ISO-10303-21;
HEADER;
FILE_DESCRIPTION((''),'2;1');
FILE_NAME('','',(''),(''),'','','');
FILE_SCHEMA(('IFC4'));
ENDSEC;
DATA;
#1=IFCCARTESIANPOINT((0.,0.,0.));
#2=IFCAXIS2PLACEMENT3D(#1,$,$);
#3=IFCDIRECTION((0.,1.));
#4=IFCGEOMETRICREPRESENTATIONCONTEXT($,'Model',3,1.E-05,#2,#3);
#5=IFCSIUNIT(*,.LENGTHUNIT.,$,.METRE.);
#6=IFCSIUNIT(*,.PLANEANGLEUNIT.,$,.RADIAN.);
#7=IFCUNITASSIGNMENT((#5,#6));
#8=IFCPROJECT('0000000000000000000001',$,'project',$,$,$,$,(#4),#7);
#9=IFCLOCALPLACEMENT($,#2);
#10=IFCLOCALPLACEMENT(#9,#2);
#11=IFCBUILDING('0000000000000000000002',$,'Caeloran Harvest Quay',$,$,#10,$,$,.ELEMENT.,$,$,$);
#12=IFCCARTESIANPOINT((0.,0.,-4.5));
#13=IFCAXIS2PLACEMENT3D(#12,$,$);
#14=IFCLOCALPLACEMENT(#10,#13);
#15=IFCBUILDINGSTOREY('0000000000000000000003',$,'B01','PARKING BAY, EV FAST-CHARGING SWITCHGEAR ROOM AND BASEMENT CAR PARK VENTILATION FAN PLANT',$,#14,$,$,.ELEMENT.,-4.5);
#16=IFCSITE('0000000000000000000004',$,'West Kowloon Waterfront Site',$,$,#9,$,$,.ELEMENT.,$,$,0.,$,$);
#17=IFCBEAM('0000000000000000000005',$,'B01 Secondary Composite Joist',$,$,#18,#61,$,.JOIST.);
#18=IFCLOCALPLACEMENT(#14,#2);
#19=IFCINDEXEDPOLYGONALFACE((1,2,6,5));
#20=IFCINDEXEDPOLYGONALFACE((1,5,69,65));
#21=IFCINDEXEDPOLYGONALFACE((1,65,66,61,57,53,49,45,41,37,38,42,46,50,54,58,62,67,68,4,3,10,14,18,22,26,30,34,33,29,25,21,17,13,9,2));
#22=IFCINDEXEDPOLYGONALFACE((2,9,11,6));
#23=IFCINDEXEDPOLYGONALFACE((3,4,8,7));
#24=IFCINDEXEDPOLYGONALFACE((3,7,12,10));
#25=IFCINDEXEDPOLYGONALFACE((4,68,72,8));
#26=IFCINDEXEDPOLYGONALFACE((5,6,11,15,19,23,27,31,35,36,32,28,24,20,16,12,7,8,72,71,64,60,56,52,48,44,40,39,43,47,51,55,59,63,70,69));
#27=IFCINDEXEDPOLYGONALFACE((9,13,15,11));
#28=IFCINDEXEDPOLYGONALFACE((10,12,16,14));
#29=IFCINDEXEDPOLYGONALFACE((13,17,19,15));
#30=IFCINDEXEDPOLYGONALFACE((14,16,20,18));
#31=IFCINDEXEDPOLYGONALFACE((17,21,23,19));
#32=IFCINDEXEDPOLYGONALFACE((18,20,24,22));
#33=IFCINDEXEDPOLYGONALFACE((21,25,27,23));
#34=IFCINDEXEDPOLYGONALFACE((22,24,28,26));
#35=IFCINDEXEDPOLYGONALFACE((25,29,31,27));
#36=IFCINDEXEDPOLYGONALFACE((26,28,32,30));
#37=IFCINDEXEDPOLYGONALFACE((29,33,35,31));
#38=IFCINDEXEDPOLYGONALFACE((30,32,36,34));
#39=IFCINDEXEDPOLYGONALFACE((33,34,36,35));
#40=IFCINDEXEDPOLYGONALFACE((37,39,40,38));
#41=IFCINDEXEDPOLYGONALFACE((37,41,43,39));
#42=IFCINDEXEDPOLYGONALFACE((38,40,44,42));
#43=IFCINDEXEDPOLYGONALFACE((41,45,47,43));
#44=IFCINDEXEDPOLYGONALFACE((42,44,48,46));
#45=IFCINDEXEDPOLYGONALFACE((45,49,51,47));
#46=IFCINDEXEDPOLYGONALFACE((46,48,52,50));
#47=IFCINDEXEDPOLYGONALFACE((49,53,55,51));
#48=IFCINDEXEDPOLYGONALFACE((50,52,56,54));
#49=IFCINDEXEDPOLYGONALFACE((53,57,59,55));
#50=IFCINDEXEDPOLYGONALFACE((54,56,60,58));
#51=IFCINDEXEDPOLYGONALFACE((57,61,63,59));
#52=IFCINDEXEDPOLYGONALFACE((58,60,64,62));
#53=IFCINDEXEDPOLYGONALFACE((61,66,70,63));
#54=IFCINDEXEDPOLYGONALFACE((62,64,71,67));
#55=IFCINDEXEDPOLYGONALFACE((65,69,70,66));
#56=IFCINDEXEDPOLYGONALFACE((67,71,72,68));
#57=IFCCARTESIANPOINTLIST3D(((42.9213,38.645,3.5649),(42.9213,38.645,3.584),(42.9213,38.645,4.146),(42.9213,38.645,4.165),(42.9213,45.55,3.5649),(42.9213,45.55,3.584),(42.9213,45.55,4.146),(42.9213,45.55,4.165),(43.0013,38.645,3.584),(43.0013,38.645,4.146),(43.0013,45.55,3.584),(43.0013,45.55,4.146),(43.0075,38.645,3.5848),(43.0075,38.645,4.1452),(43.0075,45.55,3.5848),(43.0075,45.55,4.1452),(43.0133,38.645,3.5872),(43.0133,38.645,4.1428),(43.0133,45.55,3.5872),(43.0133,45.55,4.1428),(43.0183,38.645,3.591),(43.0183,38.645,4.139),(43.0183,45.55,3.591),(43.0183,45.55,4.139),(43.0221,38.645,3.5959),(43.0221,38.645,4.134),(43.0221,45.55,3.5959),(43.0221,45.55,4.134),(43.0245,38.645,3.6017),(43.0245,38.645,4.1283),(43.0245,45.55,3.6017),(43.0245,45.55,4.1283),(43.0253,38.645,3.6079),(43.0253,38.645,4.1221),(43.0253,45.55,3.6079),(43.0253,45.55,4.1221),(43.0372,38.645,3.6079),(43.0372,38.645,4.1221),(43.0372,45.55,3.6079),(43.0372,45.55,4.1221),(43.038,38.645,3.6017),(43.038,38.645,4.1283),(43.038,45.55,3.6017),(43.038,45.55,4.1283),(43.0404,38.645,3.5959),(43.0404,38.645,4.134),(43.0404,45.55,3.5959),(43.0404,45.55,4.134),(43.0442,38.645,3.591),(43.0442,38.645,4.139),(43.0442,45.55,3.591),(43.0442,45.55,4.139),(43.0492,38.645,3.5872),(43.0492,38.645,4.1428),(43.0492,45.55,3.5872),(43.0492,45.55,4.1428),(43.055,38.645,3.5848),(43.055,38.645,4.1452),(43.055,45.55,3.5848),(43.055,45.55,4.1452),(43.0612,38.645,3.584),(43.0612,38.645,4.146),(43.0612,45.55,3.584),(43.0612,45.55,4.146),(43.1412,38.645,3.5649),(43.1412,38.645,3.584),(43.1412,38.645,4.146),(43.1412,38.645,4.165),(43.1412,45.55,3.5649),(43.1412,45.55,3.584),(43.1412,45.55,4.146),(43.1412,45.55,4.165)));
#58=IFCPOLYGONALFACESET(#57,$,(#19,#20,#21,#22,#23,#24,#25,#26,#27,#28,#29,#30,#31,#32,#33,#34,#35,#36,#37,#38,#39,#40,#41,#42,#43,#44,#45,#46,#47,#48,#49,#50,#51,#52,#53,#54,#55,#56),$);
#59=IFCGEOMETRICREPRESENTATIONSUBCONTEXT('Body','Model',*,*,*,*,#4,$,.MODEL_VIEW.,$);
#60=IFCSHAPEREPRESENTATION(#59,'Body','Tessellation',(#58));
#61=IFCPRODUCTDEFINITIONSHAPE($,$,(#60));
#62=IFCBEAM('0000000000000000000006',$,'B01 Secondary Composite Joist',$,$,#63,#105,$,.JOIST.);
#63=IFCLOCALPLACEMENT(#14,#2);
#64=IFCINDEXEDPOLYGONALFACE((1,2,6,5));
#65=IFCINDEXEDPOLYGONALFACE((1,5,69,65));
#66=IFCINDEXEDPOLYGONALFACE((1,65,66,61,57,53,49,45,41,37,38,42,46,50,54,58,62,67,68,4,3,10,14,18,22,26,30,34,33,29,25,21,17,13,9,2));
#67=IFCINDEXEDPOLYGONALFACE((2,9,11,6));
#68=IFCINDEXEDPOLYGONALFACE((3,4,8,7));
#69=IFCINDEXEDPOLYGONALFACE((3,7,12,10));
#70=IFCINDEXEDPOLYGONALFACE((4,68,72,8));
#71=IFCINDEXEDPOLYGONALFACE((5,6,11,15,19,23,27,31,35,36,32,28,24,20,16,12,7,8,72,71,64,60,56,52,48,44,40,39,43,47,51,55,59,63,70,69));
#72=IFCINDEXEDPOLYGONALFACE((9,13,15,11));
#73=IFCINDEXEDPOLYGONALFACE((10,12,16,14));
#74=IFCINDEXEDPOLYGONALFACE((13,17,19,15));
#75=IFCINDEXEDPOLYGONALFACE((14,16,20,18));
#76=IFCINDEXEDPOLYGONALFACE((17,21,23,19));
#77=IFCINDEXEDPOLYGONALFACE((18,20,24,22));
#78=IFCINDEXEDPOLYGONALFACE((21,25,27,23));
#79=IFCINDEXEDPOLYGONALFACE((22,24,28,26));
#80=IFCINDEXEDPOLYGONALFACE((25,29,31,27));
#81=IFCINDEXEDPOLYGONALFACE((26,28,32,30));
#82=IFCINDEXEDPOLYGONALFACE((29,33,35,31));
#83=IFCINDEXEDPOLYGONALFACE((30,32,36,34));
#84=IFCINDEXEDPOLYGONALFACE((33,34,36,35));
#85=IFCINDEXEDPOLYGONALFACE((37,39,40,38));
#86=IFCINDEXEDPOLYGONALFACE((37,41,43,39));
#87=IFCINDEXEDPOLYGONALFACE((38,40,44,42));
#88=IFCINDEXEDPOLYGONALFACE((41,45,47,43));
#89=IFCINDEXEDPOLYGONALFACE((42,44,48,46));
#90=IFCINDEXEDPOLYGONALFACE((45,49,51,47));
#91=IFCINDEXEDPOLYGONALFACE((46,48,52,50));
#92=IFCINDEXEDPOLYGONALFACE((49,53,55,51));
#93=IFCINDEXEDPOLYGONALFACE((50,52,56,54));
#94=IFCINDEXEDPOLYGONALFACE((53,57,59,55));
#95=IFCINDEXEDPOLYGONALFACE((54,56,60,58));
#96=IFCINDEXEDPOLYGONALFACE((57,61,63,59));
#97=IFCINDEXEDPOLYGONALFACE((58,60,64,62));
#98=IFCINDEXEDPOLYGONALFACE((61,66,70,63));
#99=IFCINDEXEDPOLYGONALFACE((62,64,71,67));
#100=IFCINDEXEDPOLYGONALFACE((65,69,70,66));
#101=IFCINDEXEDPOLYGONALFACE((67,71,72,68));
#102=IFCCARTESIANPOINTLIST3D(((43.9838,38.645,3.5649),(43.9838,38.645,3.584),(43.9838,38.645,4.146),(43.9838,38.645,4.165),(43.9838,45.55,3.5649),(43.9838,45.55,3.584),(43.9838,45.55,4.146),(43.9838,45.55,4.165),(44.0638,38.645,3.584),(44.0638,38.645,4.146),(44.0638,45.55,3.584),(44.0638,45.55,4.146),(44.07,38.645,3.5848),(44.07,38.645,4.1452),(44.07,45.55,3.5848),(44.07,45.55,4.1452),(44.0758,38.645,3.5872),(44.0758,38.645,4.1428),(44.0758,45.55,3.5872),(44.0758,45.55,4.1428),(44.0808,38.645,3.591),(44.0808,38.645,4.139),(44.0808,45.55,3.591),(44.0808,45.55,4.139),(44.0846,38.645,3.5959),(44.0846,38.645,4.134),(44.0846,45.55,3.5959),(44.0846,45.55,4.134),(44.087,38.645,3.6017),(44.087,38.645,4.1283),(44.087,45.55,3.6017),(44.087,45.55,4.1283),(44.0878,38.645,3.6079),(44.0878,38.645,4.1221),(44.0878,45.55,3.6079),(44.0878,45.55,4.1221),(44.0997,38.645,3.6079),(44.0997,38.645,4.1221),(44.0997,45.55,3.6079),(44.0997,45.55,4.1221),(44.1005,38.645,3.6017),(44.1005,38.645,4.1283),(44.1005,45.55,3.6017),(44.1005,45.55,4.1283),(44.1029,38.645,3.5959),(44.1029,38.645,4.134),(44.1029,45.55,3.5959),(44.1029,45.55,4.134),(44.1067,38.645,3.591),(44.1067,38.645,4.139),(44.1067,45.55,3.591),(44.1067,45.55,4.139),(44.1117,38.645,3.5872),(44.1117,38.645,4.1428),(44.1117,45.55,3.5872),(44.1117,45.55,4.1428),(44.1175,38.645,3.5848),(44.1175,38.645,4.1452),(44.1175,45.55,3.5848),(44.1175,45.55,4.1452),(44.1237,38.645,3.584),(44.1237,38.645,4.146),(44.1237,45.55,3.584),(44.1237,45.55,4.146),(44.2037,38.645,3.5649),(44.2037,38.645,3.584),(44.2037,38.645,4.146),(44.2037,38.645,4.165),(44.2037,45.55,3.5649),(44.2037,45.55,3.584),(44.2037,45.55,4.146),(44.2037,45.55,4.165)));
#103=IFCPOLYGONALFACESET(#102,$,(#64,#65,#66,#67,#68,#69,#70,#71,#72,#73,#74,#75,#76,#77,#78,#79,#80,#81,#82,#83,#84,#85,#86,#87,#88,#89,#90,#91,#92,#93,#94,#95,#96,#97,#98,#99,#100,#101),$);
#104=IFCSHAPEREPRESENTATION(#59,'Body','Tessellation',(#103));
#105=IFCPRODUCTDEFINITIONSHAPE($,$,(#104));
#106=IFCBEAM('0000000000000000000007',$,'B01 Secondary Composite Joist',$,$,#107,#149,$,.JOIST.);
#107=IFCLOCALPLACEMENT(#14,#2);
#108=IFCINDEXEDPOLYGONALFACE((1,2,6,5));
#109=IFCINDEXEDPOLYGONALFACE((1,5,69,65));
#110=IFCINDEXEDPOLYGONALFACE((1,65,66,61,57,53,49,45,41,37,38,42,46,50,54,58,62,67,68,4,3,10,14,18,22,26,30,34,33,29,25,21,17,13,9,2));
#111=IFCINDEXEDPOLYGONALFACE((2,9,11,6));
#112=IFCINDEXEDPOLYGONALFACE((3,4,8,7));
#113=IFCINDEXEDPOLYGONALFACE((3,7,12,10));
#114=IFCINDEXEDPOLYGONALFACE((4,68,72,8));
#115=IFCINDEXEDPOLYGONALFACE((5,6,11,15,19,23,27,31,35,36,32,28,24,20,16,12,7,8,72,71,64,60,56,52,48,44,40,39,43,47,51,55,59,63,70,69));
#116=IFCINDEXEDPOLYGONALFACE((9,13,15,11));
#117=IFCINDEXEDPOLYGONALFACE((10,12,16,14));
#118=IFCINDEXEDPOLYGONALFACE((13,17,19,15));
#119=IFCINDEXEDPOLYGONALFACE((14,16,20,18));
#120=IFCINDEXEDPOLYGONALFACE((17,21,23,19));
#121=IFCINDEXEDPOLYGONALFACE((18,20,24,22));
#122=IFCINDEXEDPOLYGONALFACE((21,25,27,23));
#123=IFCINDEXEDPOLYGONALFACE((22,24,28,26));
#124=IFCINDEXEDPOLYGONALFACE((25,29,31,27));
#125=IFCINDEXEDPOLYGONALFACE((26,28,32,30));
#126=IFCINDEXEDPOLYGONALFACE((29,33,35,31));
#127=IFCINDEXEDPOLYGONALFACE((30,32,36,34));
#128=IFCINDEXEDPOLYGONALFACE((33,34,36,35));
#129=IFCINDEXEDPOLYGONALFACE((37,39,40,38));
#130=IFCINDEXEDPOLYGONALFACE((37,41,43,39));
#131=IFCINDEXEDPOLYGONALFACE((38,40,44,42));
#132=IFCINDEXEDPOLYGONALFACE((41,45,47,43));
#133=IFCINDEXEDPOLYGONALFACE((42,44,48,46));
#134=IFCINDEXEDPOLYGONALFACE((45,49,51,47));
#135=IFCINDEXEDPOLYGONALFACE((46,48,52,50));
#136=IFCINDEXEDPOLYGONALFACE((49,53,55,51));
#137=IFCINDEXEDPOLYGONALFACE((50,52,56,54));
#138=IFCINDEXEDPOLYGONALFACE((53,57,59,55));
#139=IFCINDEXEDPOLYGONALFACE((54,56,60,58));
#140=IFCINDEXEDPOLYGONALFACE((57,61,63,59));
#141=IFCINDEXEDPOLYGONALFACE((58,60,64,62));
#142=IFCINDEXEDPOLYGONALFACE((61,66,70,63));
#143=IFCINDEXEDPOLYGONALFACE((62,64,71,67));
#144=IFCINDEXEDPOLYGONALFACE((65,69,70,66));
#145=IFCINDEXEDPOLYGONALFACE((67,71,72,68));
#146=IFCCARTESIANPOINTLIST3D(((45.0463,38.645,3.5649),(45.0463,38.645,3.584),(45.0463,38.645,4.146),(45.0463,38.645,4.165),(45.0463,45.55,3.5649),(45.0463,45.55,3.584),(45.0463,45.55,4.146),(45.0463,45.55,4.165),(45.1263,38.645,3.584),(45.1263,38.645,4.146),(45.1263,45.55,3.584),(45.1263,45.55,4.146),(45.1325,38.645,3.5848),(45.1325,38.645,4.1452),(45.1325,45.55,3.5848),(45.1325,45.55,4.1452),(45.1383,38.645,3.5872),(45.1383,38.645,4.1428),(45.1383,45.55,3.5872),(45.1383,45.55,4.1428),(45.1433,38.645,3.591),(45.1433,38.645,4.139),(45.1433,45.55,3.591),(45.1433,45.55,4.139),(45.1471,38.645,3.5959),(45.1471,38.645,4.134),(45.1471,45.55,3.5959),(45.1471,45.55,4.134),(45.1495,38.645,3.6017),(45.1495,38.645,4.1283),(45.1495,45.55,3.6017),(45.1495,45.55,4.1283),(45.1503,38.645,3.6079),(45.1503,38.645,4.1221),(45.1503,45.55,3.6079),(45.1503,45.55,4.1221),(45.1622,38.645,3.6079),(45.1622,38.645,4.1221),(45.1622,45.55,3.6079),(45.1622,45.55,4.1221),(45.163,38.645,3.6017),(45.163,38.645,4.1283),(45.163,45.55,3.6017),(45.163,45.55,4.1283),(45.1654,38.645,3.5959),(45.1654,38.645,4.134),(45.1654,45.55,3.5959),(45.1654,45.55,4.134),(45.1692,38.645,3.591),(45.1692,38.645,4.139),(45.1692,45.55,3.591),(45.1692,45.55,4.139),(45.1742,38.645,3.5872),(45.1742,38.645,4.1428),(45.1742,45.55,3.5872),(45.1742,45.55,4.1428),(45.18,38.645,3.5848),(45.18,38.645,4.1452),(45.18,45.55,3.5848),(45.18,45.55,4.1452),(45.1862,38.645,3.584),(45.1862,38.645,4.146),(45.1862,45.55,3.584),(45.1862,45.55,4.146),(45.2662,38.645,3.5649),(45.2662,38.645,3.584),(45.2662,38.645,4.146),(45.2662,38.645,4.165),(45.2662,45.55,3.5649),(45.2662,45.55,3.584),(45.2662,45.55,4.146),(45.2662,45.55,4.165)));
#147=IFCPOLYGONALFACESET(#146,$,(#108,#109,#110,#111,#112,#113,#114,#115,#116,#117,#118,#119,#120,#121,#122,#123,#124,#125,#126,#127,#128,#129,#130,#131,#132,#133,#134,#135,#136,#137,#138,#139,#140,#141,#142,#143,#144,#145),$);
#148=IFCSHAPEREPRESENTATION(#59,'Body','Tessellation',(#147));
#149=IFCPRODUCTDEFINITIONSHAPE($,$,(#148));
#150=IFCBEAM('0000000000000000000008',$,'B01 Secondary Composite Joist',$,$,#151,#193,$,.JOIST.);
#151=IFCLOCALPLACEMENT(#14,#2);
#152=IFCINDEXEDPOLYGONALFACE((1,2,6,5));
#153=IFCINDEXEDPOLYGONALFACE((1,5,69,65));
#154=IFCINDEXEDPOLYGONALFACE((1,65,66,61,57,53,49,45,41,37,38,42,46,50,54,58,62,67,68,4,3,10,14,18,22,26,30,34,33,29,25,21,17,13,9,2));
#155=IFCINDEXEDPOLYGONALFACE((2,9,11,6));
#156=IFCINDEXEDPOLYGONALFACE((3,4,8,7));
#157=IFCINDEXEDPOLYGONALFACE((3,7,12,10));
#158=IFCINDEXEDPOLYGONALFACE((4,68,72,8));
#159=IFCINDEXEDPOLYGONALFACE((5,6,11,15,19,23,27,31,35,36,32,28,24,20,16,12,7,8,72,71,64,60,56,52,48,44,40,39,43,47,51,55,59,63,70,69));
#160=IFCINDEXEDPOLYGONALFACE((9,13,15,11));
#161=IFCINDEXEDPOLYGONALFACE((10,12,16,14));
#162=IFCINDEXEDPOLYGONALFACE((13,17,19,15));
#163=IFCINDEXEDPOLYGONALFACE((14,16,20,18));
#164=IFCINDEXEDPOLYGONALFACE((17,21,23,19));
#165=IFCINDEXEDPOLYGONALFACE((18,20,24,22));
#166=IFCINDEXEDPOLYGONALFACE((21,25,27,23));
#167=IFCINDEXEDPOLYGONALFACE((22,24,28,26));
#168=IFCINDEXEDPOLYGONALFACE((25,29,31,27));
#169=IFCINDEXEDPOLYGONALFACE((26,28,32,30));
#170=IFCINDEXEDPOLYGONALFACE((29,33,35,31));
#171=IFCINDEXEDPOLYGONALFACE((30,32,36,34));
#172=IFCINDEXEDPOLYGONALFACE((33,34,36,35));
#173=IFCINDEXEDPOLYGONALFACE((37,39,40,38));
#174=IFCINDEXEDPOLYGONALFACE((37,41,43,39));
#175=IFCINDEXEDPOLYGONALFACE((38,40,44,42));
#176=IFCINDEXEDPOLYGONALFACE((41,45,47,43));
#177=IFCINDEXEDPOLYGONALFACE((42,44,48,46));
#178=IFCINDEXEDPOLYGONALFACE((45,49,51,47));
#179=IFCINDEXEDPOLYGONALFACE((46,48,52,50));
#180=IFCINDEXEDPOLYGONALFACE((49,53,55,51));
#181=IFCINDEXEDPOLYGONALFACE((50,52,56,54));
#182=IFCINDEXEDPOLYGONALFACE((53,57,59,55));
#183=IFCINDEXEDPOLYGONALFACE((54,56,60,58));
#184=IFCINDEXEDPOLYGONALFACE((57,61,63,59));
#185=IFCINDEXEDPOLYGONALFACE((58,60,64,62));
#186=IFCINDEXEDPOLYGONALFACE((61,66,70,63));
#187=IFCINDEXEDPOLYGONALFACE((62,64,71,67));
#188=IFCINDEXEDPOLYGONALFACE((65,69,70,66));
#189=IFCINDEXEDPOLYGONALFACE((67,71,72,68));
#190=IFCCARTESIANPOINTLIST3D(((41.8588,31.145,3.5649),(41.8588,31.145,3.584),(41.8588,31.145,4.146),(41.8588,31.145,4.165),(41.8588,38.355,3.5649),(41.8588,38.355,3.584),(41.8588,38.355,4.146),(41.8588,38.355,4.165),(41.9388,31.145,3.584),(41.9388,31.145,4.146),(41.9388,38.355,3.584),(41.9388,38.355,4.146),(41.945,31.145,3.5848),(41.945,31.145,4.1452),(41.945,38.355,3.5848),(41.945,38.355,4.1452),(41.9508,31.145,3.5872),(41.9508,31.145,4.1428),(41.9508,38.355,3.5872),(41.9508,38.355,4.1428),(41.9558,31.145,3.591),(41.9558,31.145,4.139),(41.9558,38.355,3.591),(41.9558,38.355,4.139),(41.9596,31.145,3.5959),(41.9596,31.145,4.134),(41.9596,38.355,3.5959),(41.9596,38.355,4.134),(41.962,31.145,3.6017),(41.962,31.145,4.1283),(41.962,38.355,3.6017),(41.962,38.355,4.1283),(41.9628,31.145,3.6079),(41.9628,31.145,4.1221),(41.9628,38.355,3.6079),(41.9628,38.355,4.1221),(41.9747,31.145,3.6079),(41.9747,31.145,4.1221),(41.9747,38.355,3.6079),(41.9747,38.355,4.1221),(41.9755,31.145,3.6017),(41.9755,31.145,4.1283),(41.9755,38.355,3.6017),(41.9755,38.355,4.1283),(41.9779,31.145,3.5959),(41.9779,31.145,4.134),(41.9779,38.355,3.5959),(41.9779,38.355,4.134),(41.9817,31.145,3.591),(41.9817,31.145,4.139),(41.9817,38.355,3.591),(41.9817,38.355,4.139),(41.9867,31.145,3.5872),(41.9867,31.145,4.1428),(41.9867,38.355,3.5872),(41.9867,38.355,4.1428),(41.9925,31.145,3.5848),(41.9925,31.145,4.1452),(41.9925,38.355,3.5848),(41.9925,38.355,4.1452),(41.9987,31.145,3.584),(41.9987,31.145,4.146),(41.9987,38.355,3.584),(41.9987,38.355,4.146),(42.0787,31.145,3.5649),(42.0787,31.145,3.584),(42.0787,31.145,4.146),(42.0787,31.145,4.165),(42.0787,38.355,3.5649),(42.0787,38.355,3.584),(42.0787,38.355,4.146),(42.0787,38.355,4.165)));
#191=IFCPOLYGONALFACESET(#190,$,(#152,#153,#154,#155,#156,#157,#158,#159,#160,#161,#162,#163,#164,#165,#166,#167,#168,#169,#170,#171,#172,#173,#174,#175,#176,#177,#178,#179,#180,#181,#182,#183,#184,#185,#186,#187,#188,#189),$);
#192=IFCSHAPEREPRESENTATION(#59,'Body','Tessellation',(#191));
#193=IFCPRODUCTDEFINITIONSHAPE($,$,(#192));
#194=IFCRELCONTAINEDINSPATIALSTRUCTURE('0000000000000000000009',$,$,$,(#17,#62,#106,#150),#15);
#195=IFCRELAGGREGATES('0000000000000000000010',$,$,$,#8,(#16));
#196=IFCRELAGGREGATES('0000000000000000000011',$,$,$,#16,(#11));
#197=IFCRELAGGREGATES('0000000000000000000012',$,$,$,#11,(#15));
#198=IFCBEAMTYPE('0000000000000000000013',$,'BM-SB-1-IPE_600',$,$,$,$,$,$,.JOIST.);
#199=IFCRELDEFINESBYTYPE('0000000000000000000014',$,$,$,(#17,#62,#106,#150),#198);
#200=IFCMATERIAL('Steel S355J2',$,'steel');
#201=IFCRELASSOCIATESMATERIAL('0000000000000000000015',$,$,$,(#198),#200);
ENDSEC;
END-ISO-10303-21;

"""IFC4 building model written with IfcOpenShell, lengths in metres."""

from ifc_helpers import new_model, si_unit, direction, frame, origin, origin_2d, place, context, subcontext, project, spatial, i_section, extrude, material, material_profile, profile_set, type_object, element, save


model = new_model("IFC4")

# Units and contexts
model_context = context("Model", 3, precision=1e-05, world=origin(), true_north=direction((0.0, 1.0)))
body_context = subcontext(model_context, "Body", "Model", "MODEL_VIEW")
ifc_project = project(units=[si_unit("LENGTHUNIT", "METRE"), si_unit("PLANEANGLEUNIT", "RADIAN")], contexts=[model_context])

# Site, building, storey
site_placement = place(None, origin())
site = spatial("IfcSite", under=ifc_project, at=site_placement, Name="West Kowloon Waterfront Site", CompositionType="ELEMENT", RefElevation=0.0)
building_placement = place(site_placement, origin())
building = spatial("IfcBuilding", under=site, at=building_placement, Name="Caeloran Harvest Quay", CompositionType="ELEMENT")
storey_placement = place(building_placement, frame((0.0, 0.0, -4.5)))
storey = spatial("IfcBuildingStorey", under=building, at=storey_placement, Name="B01", Description="PARKING BAY, EV FAST-CHARGING SWITCHGEAR ROOM AND BASEMENT CAR PARK VENTILATION FAN PLANT", CompositionType="ELEMENT", Elevation=-4.5)

# Beams
ifc_material_1 = material(Name="Steel S355J2", Category="steel")
ifc_material_profile_1 = material_profile(ifc_material_1, i_section(OverallWidth=0.22, OverallDepth=0.6001, WebThickness=0.012, FlangeThickness=0.019, FilletRadius=0.0239, at=origin_2d()), Name="IPE 600")
ifc_profile_set_1 = profile_set([ifc_material_profile_1], Name="Steel S355J2")
beam_type_1 = type_object("IfcBeamType", Name="BM-SB-1-IPE_600", PredefinedType="JOIST", material=ifc_profile_set_1)
for number, where, z_axis, x_axis, name in (
    (1, (43.0312, 38.645, 3.865), (0.0, 1.0, 0.0), (-1.0, 0.0, 0.0), "B01 Secondary Composite Joist"),
    (2, (44.0938, 38.645, 3.865), (0.0, 1.0, 0.0), (-1.0, 0.0, 0.0), "B01 Secondary Composite Joist"),
    (3, (45.1562, 38.645, 3.865), (0.0, 1.0, 0.0), (-1.0, 0.0, 0.0), "B01 Secondary Composite Joist"),
):
    element("IfcBeam", number, at=place(storey_placement, frame(where, z_axis=z_axis, x_axis=x_axis)), inside=storey, type_object=beam_type_1, Name=name, PredefinedType="JOIST", context=body_context, shape_type="SweptSolid", body=[
        extrude(i_section(OverallWidth=0.22, OverallDepth=0.6001, WebThickness=0.012, FlangeThickness=0.019, FilletRadius=0.0239, at=origin_2d()), origin(), (0.0, 0.0, 1.0), 6.905),
    ])
for number, where, z_axis, x_axis, name in (
    (4, (41.9688, 31.145, 3.865), (0.0, 1.0, 0.0), (-1.0, 0.0, 0.0), "B01 Secondary Composite Joist"),
):
    element("IfcBeam", number, at=place(storey_placement, frame(where, z_axis=z_axis, x_axis=x_axis)), inside=storey, type_object=beam_type_1, Name=name, PredefinedType="JOIST", context=body_context, shape_type="SweptSolid", body=[
        extrude(i_section(OverallWidth=0.22, OverallDepth=0.6001, WebThickness=0.012, FlangeThickness=0.019, FilletRadius=0.0239, at=origin_2d()), origin(), (0.0, 0.0, 1.0), 7.21),
    ])

save(model, "model.ifc")
